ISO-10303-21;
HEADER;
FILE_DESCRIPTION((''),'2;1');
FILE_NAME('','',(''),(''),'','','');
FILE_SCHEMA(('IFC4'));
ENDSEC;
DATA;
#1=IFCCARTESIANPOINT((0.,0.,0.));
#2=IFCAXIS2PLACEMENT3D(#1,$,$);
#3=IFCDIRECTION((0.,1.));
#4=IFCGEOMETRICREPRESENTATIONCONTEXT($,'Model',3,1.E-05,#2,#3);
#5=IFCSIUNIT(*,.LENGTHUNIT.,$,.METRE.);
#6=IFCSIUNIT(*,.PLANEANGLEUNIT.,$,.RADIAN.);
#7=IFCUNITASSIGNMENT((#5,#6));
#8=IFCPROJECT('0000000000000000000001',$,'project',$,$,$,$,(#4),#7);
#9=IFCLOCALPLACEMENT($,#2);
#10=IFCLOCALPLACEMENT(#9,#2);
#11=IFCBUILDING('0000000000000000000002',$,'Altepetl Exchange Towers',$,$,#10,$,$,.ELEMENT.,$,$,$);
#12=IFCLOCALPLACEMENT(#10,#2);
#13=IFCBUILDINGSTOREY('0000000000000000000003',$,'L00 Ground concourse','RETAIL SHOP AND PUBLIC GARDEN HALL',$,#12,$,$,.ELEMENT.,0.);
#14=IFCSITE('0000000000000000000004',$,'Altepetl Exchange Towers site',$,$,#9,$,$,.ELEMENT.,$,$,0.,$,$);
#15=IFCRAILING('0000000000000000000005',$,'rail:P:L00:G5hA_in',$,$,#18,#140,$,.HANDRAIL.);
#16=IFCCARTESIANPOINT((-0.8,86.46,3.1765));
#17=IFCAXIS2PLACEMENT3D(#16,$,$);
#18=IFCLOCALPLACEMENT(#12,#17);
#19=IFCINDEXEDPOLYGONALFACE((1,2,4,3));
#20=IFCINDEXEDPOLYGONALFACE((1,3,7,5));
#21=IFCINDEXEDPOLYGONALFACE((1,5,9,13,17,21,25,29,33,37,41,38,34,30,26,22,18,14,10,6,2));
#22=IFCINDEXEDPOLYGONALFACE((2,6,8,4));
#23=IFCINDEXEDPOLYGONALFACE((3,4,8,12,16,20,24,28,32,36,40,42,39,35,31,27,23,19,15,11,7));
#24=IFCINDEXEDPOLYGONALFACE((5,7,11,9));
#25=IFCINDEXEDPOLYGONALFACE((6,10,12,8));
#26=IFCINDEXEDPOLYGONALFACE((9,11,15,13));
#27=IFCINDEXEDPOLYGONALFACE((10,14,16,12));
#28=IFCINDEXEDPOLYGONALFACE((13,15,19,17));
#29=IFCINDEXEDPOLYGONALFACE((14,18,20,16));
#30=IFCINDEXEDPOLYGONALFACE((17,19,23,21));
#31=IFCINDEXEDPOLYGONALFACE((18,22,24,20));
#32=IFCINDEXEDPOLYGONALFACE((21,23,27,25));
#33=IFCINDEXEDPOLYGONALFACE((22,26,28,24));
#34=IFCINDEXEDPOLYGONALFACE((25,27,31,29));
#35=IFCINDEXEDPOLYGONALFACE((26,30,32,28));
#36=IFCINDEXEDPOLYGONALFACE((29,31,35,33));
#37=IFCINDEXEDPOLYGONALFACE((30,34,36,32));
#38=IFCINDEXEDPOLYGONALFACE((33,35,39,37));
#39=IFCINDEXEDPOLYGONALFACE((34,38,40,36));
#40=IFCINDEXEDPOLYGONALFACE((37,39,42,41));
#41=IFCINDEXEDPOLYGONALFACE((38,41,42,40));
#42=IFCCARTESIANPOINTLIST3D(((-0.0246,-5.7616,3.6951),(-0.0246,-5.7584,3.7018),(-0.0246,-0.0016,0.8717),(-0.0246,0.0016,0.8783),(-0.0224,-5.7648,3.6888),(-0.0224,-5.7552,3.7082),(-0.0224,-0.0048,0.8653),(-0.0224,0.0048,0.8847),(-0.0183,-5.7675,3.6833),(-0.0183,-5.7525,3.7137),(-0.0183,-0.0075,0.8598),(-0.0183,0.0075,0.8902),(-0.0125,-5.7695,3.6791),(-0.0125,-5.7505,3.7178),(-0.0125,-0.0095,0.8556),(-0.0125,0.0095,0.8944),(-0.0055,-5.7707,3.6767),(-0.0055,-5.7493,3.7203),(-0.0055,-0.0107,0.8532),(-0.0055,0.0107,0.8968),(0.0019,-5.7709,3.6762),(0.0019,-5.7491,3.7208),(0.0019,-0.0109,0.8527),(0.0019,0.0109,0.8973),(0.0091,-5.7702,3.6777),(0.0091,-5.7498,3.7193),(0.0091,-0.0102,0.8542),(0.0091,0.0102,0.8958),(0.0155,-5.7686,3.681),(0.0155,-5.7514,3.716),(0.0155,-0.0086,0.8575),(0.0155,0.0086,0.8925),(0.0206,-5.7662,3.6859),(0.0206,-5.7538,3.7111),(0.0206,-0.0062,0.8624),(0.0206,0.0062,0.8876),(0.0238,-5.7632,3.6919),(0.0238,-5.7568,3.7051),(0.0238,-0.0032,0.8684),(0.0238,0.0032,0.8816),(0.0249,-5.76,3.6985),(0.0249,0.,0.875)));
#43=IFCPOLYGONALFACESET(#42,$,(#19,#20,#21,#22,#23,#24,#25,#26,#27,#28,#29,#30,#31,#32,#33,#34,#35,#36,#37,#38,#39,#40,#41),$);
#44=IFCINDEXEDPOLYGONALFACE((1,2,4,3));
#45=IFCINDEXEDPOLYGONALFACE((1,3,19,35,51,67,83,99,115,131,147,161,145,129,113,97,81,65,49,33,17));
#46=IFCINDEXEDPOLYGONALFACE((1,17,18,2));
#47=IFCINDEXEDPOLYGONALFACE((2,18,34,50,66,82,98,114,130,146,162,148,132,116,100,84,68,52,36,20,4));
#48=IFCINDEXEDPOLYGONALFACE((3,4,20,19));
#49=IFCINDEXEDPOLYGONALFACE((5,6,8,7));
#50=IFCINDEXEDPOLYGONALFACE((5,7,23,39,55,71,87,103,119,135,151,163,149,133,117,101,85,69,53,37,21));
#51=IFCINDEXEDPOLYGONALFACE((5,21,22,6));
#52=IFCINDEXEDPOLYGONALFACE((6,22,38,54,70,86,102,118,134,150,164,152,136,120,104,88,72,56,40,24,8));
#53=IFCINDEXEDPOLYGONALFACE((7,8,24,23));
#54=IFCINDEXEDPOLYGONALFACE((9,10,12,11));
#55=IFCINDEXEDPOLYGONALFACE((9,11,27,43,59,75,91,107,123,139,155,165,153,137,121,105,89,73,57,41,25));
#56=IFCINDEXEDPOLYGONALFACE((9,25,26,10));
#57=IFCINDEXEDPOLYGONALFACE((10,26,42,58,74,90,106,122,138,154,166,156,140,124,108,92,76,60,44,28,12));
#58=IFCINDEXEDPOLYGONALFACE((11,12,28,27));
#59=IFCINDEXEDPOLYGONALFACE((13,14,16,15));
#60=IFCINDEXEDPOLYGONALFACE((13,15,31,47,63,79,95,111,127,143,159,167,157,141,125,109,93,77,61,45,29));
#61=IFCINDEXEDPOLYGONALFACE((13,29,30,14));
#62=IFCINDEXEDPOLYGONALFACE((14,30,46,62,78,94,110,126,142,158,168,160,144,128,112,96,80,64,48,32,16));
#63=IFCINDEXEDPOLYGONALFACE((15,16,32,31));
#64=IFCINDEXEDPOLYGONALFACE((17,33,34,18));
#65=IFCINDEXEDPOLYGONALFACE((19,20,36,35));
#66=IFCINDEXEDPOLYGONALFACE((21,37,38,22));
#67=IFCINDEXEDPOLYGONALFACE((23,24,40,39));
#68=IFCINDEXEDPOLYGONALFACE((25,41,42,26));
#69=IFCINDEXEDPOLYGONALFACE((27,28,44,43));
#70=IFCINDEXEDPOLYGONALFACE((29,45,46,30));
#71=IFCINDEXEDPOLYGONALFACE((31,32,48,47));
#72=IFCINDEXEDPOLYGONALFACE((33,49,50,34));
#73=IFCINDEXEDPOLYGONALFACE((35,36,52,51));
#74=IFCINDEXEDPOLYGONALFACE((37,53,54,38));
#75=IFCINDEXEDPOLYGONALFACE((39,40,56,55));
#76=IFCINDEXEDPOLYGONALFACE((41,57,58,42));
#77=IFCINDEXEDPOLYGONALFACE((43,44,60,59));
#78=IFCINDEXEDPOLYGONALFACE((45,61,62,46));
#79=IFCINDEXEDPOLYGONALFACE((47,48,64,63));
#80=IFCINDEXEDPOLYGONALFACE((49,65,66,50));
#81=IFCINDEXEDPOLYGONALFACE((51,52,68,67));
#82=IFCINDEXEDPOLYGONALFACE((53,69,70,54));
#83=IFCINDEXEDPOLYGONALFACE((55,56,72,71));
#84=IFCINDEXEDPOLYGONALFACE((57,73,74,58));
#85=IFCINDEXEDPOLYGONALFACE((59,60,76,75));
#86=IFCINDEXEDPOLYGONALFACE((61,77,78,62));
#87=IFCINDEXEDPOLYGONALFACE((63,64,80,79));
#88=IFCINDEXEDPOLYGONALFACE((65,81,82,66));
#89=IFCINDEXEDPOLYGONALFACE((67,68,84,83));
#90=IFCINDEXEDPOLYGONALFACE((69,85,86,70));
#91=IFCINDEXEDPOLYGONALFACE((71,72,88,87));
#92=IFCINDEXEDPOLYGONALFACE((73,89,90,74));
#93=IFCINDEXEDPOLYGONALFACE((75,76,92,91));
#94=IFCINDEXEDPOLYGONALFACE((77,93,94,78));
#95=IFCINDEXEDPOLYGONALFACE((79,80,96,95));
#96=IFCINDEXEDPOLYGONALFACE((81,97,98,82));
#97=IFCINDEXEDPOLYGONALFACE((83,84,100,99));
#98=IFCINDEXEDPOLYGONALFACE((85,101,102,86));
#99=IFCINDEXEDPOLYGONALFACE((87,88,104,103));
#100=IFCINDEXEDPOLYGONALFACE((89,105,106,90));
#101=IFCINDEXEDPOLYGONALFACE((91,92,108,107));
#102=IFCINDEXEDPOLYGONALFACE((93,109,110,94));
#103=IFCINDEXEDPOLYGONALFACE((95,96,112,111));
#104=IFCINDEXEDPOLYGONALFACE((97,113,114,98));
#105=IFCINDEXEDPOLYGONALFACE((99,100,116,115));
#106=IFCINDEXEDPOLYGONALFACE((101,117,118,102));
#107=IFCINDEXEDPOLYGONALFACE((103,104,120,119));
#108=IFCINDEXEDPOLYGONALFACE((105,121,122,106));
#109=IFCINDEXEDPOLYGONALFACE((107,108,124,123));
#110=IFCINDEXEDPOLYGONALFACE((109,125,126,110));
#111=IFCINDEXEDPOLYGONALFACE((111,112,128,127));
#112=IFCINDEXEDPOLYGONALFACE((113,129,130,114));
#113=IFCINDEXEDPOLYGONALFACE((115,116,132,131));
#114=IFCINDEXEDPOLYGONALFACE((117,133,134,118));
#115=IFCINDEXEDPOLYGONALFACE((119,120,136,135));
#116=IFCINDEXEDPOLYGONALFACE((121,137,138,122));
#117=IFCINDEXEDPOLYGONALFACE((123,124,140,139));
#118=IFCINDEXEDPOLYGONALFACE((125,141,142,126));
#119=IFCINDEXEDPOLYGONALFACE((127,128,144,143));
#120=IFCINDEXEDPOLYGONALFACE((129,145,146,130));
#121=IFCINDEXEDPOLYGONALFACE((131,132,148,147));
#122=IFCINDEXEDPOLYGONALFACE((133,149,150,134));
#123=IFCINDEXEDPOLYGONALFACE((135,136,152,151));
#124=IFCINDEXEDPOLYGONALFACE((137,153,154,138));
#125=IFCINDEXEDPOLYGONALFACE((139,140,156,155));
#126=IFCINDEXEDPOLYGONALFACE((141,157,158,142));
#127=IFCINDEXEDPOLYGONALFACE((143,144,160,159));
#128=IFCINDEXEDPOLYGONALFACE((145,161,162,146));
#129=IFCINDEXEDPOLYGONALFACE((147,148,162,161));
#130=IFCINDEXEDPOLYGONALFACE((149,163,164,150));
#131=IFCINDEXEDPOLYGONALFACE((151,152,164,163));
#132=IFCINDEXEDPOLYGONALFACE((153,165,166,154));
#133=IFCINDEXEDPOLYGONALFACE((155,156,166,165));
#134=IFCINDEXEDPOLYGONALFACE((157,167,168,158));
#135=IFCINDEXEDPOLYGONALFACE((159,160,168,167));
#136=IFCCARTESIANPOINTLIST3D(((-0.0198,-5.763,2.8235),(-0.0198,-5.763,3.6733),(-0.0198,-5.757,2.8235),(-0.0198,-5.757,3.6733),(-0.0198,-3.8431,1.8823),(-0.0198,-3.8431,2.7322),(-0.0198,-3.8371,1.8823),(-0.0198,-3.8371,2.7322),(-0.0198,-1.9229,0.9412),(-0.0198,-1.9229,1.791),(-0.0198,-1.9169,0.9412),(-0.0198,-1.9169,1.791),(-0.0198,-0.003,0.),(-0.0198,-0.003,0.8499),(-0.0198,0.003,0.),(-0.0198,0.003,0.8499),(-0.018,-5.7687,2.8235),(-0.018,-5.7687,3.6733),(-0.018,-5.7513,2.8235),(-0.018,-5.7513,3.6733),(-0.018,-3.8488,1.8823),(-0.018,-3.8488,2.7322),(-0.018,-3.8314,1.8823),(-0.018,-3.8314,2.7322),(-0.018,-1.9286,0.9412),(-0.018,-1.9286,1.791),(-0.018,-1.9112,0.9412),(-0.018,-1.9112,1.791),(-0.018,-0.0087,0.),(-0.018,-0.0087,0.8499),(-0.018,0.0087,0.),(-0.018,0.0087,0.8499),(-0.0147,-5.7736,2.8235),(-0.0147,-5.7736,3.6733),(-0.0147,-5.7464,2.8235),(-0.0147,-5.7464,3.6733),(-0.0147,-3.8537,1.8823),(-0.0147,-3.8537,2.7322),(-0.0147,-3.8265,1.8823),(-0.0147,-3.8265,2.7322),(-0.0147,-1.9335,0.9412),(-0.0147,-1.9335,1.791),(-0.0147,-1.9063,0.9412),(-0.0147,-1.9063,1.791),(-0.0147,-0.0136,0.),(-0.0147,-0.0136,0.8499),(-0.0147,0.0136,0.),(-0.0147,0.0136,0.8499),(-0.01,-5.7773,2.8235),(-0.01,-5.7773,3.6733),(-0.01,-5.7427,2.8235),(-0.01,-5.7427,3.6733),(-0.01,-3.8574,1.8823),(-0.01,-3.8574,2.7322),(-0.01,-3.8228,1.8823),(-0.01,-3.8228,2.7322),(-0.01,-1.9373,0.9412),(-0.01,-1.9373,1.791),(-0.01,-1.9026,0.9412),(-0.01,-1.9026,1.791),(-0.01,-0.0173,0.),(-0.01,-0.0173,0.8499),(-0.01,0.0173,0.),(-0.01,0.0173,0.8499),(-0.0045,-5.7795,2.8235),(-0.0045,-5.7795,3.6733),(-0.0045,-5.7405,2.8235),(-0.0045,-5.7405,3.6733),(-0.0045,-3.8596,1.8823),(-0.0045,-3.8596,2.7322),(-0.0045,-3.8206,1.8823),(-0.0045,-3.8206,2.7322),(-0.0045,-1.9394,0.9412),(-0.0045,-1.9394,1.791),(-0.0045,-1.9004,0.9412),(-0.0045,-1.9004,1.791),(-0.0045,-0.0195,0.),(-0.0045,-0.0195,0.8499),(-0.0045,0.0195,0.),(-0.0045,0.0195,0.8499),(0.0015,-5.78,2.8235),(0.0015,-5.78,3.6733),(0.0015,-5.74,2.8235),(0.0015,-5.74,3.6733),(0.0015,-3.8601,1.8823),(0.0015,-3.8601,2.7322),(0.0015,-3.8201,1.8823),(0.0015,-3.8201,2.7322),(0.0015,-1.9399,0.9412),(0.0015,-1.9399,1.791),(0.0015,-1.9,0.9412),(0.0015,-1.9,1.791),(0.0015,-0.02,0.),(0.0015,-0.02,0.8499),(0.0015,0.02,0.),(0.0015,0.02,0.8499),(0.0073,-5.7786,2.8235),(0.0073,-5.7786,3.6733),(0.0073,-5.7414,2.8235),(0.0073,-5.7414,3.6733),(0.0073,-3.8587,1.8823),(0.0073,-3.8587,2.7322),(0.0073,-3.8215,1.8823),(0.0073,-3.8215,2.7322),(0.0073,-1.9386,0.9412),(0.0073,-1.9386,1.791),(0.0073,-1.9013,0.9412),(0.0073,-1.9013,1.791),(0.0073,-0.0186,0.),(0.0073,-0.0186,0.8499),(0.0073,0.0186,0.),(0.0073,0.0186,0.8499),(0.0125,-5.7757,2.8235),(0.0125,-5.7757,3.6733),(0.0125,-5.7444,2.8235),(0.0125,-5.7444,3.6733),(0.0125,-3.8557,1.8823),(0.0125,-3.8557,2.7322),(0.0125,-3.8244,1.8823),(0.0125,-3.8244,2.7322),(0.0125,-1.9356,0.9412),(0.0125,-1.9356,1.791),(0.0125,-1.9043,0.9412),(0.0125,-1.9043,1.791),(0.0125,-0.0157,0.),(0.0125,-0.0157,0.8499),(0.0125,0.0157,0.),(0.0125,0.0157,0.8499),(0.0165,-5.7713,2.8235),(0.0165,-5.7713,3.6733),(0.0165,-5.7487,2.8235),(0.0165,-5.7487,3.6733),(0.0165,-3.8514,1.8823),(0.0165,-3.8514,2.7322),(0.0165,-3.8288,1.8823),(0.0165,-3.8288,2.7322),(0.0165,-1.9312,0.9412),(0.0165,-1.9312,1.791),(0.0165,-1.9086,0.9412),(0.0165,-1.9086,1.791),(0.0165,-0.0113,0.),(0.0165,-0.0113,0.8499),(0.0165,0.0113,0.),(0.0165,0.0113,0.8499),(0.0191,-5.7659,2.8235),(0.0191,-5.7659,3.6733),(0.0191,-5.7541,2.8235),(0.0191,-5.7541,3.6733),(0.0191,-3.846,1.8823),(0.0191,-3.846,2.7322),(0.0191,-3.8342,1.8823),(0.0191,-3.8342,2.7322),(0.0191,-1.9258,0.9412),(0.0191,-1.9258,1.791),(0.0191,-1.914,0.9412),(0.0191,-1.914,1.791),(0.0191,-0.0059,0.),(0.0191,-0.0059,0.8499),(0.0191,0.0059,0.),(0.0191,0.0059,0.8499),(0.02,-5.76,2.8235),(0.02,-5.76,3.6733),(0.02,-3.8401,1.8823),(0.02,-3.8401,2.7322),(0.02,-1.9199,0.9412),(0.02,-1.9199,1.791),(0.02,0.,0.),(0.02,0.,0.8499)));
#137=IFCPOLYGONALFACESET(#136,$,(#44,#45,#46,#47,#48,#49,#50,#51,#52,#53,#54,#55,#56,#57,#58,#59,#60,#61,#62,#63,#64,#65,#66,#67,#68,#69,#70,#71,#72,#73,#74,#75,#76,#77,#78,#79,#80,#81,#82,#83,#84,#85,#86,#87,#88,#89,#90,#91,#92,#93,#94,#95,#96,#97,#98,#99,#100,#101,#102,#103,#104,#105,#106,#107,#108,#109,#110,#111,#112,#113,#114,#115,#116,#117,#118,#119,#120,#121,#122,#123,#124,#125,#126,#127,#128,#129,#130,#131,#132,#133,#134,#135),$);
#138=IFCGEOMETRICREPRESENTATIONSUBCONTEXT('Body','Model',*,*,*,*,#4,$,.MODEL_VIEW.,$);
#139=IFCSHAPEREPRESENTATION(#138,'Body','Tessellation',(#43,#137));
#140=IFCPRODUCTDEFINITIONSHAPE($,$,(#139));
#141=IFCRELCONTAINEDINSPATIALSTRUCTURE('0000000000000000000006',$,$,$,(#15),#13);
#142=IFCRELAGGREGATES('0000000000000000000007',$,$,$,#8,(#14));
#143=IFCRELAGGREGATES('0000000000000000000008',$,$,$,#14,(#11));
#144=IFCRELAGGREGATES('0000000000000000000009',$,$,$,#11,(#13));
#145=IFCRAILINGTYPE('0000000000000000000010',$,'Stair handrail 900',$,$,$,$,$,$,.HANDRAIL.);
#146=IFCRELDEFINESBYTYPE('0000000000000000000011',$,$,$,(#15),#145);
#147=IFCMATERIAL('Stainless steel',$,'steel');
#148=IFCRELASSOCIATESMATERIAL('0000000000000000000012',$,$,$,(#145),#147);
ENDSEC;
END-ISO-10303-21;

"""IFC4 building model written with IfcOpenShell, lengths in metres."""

from ifc_helpers import new_model, si_unit, direction, frame, origin, origin_2d, place, context, subcontext, project, spatial, circle, extrude, source, transform, mapped, material, type_object, element, save


model = new_model("IFC4")

# Units and contexts
model_context = context("Model", 3, precision=1e-05, world=origin(), true_north=direction((0.0, 1.0)))
body_context = subcontext(model_context, "Body", "Model", "MODEL_VIEW")
ifc_project = project(units=[si_unit("LENGTHUNIT", "METRE"), si_unit("PLANEANGLEUNIT", "RADIAN")], contexts=[model_context])

# Site, building, storey
site_placement = place(None, origin())
site = spatial("IfcSite", under=ifc_project, at=site_placement, Name="Altepetl Exchange Towers site", CompositionType="ELEMENT", RefElevation=0.0)
building_placement = place(site_placement, origin())
building = spatial("IfcBuilding", under=site, at=building_placement, Name="Altepetl Exchange Towers", CompositionType="ELEMENT")
storey_placement = place(building_placement, origin())
storey = spatial("IfcBuildingStorey", under=building, at=storey_placement, Name="L00 Ground concourse", Description="RETAIL SHOP AND PUBLIC GARDEN HALL", CompositionType="ELEMENT", Elevation=0.0)

# Railing
ifc_material_1 = material(Name="Stainless steel", Category="steel")
railing_type_1 = type_object("IfcRailingType", Name="Stair handrail 900", PredefinedType="HANDRAIL", material=ifc_material_1)
shared_shape_1 = source(origin(), body_context, "Body", "SweptSolid", [
    extrude(circle(Radius=0.02, at=origin_2d()), origin(), (0.0, 0.0, 1.0), 0.8499),
])
for number, where, name in (
    (1, (-0.8, 86.46, 3.1765), "rail:P:L00:G5hA_in"),
):
    element("IfcRailing", number, at=place(storey_placement, frame(where)), inside=storey, type_object=railing_type_1, Name=name, PredefinedType="HANDRAIL", context=body_context, shape_type="SweptSolid", body=[
        extrude(circle(Radius=0.0249, at=origin_2d()), frame((0.0, 0.0, 0.875), z_axis=(0.0, -0.897924, 0.440151), x_axis=(1.0, 0.0, 0.0)), (0.0, 0.0, 1.0), 6.4148),
        mapped(shared_shape_1, transform((0.0, 0.0, 0.0))),
        mapped(shared_shape_1, transform((0.0, -1.9199, 0.9412))),
        mapped(shared_shape_1, transform((0.0, -3.8401, 1.8823))),
        mapped(shared_shape_1, transform((0.0, -5.76, 2.8235))),
    ])

save(model, "model.ifc")
